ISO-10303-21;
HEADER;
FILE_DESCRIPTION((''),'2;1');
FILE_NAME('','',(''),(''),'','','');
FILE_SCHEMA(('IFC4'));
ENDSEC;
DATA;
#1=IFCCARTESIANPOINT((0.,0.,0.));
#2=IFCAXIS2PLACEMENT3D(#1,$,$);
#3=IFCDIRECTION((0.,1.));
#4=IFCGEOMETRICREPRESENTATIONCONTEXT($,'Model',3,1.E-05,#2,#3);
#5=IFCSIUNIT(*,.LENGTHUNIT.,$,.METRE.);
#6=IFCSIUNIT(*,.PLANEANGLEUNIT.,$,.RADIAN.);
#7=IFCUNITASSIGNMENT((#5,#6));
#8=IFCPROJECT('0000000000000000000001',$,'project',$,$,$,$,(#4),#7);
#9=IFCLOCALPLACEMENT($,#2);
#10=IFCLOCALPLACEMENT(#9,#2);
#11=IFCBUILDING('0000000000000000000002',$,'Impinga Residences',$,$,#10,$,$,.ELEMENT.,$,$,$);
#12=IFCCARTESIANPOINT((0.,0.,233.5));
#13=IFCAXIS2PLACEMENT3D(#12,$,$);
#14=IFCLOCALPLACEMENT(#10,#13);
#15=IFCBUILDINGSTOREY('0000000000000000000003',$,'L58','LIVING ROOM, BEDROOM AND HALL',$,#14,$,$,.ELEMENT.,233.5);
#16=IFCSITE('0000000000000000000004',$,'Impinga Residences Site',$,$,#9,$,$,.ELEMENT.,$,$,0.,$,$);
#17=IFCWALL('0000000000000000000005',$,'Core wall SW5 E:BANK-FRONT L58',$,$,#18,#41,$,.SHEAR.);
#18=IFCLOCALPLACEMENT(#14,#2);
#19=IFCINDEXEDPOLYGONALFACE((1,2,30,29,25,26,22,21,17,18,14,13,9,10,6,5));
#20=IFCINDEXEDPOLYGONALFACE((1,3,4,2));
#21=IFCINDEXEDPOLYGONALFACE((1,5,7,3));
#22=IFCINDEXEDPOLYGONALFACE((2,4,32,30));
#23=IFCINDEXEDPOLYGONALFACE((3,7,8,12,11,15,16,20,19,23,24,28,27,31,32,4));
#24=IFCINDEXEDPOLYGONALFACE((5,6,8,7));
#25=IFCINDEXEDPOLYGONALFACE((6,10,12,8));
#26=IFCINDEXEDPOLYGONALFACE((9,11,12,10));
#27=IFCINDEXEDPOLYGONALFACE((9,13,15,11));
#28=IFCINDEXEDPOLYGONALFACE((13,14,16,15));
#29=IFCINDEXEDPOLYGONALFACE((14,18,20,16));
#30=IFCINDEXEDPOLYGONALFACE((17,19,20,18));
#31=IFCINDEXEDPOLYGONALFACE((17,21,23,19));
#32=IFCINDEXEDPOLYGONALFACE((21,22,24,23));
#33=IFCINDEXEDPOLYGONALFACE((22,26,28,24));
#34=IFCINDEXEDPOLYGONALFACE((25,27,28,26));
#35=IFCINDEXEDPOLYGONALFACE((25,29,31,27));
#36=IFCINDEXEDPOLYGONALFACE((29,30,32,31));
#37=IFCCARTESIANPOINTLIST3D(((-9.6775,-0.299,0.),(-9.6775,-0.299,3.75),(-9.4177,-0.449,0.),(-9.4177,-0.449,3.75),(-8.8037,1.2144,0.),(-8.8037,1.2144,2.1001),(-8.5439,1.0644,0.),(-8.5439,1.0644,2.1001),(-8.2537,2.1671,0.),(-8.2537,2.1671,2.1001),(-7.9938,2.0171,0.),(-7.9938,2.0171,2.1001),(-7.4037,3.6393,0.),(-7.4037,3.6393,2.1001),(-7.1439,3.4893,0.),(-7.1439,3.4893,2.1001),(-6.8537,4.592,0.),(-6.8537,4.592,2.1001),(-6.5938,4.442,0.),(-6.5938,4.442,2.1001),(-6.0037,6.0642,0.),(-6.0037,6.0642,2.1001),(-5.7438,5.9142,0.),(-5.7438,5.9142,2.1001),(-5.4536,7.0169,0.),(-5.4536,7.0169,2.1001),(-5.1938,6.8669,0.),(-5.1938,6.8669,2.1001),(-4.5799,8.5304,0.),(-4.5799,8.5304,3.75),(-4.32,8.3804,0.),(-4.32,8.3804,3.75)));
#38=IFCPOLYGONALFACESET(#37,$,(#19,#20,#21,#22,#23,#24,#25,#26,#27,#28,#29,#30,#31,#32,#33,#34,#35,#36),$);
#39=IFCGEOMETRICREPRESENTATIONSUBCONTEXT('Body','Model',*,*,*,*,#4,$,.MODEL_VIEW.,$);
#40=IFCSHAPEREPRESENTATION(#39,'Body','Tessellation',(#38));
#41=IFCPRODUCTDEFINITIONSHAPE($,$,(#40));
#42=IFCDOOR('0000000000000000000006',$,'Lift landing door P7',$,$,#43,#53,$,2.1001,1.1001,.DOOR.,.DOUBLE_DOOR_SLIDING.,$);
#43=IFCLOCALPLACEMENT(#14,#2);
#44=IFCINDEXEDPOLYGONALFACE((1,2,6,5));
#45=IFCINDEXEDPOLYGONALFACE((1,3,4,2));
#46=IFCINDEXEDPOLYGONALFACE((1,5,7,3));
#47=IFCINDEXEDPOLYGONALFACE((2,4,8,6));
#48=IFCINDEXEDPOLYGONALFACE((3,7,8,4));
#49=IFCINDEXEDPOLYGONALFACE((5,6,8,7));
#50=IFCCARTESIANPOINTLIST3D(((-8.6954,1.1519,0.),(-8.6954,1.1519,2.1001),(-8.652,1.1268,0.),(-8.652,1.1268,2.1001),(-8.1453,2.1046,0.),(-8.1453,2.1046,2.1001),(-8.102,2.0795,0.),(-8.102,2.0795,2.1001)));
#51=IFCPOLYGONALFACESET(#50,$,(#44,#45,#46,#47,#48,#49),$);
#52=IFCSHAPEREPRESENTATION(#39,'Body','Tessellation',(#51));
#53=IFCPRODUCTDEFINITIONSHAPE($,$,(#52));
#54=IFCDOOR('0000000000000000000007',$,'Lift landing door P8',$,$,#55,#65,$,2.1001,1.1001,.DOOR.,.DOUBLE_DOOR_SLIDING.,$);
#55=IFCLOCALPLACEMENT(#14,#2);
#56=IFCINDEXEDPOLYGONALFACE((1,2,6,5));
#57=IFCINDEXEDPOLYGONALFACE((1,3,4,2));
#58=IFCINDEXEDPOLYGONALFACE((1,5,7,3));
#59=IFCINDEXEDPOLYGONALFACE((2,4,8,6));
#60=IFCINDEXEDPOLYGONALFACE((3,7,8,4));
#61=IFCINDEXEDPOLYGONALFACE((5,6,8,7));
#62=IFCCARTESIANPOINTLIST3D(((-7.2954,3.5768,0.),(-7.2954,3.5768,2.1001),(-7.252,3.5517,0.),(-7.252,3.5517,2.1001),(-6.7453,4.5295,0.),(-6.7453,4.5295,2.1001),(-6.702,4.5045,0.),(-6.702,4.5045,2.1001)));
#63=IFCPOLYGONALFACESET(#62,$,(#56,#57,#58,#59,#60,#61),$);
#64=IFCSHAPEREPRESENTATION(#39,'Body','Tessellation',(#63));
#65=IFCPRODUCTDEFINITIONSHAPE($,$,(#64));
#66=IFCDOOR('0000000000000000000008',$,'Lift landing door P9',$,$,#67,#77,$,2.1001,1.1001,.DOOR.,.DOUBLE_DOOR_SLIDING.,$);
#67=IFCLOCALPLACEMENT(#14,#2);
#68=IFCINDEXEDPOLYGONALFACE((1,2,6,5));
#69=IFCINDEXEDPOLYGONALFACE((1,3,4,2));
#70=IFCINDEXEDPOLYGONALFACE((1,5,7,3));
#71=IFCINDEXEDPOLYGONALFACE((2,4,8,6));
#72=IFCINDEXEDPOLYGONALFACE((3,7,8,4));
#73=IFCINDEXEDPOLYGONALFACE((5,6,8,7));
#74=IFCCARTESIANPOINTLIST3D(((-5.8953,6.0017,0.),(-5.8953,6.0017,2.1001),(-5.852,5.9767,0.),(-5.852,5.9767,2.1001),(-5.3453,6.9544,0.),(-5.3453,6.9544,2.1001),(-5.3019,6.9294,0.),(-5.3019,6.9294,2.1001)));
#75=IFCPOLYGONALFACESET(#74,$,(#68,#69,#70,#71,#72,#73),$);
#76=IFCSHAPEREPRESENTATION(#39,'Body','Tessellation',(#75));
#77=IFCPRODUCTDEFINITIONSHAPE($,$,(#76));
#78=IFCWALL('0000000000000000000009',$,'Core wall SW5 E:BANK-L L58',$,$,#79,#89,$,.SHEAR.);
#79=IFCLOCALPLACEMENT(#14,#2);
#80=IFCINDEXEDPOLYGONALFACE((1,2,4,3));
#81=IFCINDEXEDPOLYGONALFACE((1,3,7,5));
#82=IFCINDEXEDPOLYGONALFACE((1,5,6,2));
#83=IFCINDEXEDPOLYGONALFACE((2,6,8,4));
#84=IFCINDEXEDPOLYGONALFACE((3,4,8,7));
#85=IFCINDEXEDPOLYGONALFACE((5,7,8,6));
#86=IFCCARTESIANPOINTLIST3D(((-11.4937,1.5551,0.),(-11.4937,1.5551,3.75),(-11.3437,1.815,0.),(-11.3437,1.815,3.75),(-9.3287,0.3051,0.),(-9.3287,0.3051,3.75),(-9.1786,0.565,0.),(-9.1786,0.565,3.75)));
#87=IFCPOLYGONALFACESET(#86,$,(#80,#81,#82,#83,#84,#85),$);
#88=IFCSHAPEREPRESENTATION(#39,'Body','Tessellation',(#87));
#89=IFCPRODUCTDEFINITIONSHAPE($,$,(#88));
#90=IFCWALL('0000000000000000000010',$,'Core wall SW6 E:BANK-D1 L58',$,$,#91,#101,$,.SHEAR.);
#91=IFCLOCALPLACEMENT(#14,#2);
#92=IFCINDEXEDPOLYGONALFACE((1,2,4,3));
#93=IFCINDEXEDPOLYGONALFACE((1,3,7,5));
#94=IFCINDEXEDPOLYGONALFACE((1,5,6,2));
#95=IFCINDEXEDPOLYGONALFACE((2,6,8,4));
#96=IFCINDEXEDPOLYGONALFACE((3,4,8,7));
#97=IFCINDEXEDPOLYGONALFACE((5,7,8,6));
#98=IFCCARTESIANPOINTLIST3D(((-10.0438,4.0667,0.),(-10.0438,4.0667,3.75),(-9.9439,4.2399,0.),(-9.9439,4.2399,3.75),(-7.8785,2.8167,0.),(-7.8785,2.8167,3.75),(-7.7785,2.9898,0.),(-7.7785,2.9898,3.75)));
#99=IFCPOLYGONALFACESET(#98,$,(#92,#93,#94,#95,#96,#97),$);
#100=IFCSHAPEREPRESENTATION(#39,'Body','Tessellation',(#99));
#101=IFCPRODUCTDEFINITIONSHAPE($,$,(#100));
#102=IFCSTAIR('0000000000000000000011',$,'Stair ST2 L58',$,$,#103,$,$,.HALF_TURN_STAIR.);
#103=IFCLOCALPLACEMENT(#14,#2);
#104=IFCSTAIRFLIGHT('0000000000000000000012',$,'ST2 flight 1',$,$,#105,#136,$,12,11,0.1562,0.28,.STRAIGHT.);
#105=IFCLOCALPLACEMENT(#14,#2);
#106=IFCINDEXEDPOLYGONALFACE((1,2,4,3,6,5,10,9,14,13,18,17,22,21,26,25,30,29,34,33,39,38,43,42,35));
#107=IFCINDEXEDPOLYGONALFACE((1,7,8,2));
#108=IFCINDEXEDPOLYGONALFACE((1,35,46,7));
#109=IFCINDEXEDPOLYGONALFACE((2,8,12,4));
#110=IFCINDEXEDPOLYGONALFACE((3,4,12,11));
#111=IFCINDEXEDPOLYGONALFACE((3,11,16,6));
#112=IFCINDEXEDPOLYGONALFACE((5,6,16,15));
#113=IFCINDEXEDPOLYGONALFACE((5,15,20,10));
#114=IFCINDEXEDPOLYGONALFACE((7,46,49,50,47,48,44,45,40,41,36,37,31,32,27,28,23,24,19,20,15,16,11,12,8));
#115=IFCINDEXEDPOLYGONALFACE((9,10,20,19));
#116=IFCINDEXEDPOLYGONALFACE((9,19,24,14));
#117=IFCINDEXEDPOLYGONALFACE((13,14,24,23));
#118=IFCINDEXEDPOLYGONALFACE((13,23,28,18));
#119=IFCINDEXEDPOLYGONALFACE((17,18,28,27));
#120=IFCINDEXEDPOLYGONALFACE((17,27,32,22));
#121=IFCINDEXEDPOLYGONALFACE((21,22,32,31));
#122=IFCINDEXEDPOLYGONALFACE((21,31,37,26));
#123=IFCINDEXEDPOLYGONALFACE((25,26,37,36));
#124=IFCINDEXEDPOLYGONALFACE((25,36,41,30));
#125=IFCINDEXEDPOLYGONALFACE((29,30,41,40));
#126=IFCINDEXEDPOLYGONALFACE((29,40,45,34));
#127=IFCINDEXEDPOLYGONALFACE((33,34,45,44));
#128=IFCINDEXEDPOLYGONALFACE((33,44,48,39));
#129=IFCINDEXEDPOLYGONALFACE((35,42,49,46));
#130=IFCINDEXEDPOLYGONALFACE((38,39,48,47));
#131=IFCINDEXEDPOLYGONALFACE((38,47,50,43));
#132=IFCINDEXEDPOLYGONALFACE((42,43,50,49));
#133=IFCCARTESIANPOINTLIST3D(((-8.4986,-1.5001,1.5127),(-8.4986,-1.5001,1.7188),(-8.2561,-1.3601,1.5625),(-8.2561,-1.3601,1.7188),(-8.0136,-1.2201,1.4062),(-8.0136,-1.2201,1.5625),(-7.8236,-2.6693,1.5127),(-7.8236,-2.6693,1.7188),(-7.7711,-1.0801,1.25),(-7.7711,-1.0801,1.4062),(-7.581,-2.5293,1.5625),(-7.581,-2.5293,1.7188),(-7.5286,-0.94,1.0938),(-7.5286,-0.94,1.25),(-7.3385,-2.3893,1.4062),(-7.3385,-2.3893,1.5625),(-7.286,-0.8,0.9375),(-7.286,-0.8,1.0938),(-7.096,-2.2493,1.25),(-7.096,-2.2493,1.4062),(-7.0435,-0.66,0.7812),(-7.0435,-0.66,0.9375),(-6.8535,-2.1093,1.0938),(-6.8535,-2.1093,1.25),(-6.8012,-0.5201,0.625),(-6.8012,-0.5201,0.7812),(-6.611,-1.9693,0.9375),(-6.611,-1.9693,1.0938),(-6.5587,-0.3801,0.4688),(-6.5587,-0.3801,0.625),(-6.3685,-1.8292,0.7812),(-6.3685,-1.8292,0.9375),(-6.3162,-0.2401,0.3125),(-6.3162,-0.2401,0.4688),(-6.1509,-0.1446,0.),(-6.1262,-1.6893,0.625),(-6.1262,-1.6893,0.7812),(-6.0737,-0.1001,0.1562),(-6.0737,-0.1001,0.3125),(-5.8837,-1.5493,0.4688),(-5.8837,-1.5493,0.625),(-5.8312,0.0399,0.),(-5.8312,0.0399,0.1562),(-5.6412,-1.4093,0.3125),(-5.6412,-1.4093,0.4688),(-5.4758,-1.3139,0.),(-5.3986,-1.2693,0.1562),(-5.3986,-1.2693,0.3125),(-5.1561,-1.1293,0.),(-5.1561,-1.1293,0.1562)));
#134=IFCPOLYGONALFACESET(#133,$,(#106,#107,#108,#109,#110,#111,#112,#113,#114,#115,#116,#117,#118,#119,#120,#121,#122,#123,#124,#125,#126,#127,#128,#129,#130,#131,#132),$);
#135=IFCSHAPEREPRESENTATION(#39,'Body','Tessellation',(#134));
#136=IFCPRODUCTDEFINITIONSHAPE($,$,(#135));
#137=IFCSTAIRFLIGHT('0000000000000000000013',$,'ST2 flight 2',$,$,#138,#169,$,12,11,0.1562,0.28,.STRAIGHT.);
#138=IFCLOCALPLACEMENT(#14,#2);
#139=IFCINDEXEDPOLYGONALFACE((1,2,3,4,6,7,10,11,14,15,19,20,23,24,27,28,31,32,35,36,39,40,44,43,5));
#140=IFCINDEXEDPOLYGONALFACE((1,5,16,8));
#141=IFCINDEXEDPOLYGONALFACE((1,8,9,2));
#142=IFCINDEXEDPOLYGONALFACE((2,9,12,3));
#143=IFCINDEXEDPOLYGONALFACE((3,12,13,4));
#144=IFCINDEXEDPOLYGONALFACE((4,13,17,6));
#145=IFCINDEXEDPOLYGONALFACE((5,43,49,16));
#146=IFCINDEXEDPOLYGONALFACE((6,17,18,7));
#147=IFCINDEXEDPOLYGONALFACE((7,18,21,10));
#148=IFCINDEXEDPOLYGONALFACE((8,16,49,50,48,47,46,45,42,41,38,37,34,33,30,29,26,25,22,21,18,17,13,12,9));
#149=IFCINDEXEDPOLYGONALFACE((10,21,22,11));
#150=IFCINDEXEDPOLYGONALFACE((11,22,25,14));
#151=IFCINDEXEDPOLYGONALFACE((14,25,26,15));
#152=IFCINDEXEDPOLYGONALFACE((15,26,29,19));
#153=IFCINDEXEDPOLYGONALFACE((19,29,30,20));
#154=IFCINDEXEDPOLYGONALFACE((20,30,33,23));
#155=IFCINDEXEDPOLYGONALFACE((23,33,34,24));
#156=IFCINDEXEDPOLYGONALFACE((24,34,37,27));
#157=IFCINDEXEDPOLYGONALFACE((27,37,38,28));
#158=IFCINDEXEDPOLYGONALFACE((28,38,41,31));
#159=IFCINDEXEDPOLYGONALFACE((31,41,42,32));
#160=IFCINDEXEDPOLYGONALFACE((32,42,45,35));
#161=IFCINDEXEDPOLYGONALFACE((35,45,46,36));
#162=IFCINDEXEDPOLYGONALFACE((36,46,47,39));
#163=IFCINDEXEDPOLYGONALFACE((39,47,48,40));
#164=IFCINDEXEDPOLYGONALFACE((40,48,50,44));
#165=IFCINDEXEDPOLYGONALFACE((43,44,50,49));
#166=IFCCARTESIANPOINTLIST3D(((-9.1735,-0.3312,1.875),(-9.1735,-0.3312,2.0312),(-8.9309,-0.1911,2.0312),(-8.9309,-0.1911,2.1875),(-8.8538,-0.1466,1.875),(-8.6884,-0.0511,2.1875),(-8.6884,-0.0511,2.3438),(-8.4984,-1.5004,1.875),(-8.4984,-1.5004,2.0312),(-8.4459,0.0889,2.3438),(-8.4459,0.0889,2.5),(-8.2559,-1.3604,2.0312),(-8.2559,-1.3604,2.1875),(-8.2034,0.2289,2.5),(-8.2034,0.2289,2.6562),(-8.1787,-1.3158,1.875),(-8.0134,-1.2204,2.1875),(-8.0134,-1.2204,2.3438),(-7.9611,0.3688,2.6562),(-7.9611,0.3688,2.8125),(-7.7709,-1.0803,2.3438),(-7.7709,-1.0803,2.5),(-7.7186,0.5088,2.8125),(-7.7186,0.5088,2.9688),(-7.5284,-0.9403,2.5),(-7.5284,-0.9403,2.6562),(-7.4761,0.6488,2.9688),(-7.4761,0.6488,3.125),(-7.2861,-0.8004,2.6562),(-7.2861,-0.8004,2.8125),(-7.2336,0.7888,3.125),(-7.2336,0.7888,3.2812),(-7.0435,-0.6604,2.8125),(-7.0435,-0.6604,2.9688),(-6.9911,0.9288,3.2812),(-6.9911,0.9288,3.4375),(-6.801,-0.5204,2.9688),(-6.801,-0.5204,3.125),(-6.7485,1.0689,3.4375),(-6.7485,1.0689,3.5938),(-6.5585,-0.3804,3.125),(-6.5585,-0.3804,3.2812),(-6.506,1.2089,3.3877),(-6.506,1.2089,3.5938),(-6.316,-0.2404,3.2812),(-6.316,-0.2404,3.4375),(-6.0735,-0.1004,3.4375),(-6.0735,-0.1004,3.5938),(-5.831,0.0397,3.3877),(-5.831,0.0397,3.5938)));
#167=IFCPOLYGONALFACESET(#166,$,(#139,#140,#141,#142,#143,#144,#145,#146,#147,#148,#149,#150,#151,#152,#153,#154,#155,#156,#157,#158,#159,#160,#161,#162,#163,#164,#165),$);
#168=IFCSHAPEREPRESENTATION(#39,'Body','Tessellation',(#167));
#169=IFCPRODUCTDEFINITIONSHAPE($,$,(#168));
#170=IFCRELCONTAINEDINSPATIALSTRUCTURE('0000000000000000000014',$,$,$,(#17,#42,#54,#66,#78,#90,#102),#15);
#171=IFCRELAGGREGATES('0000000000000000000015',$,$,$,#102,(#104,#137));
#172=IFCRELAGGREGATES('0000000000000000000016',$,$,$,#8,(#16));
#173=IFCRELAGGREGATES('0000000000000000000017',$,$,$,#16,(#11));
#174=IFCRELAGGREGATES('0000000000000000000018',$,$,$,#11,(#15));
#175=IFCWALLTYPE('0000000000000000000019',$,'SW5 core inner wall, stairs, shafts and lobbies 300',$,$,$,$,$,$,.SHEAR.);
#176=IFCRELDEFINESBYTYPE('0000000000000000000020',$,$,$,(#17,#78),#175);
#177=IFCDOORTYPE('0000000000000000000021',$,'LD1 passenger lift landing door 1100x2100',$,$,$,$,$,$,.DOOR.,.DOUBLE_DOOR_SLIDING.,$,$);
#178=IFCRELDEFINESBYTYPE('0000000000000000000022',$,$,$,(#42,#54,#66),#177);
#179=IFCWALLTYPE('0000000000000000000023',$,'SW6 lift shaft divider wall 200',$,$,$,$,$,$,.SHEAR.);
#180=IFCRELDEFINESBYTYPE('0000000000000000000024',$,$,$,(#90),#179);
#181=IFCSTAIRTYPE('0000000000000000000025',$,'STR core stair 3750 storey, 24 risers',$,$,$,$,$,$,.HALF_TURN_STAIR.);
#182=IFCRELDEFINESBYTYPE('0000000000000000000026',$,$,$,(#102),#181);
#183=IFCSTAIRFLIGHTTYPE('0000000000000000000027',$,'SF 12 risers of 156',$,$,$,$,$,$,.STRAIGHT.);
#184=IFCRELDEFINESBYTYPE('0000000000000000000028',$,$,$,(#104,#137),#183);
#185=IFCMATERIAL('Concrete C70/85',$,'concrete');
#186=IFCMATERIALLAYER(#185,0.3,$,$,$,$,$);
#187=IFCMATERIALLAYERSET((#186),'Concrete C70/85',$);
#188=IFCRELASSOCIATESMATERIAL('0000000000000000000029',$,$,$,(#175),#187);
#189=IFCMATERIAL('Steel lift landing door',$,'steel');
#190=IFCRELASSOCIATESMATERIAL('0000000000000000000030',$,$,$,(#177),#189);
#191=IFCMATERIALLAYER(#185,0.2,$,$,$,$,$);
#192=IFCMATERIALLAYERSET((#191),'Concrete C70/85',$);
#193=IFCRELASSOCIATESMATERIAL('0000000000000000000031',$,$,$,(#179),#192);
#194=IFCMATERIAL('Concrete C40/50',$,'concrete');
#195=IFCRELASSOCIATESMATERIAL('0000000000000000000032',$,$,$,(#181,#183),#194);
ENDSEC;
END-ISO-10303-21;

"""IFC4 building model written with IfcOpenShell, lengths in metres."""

from ifc_helpers import new_model, si_unit, direction, frame, frame_2d, origin, place, context, subcontext, project, spatial, polyline, rectangle, outline, extrude, material, layer, layer_set, type_object, element, fill, aggregate, save


model = new_model("IFC4")

# Units and contexts
model_context = context("Model", 3, precision=1e-05, world=origin(), true_north=direction((0.0, 1.0)))
body_context = subcontext(model_context, "Body", "Model", "MODEL_VIEW")
ifc_project = project(units=[si_unit("LENGTHUNIT", "METRE"), si_unit("PLANEANGLEUNIT", "RADIAN")], contexts=[model_context])

# Site, building, storey
site_placement = place(None, origin())
site = spatial("IfcSite", under=ifc_project, at=site_placement, Name="Impinga Residences Site", CompositionType="ELEMENT", RefElevation=0.0)
building_placement = place(site_placement, origin())
building = spatial("IfcBuilding", under=site, at=building_placement, Name="Impinga Residences", CompositionType="ELEMENT")
storey_placement = place(building_placement, frame((0.0, 0.0, 233.5)))
storey = spatial("IfcBuildingStorey", under=building, at=storey_placement, Name="L58", Description="LIVING ROOM, BEDROOM AND HALL", CompositionType="ELEMENT", Elevation=233.5)

# Shared definitions
ifc_material_1 = material(Name="Concrete C70/85", Category="concrete")
ifc_layer_1 = layer(ifc_material_1, 0.3)
ifc_layer_set_1 = layer_set([ifc_layer_1], Name="Concrete C70/85")
wall_type_1 = type_object("IfcWallType", Name="SW5 core inner wall, stairs, shafts and lobbies 300", PredefinedType="SHEAR", material=ifc_layer_set_1)

# Shared definitions
ifc_material_2 = material(Name="Steel lift landing door", Category="steel")

# Wall, openings, doors
wall_1_placement = place(storey_placement, frame((-9.5476, -0.374, 0.0), z_axis=(0.0, 0.0, 1.0), x_axis=(0.500002, 0.866024, 0.0)))
wall_1 = element("IfcWall", 1, at=wall_1_placement, inside=storey, type_object=wall_type_1, Name="Core wall SW5 E:BANK-FRONT L58", PredefinedType="SHEAR", context=body_context, shape_type="SweptSolid", body=[
    extrude(rectangle(XDim=10.1953, YDim=0.3, at=frame_2d((5.0977, 0.0))), origin(), (0.0, 0.0, 1.0), 3.75),
])
opening_1_placement = place(wall_1_placement, frame((1.7476, 0.0, 0.0)))
opening_1 = element("IfcOpeningElement", 2, at=opening_1_placement, cuts=wall_1, PredefinedType="OPENING", context=body_context, shape_type="SweptSolid", body=[
    extrude(rectangle(XDim=1.1001, YDim=2.1001, at=frame_2d((0.55, 1.05))), frame((0.0, 0.1599, 0.0), z_axis=(0.0, -1.0, 0.0), x_axis=(1.0, 0.0, 0.0)), (0.0, 0.0, 1.0), 0.3201),
])
opening_2_placement = place(wall_1_placement, frame((4.5476, 0.0, 0.0)))
opening_2 = element("IfcOpeningElement", 3, at=opening_2_placement, cuts=wall_1, PredefinedType="OPENING", context=body_context, shape_type="SweptSolid", body=[
    extrude(rectangle(XDim=1.1001, YDim=2.1001, at=frame_2d((0.55, 1.05))), frame((0.0, 0.1599, 0.0), z_axis=(0.0, -1.0, 0.0), x_axis=(1.0, 0.0, 0.0)), (0.0, 0.0, 1.0), 0.3201),
])
opening_3_placement = place(wall_1_placement, frame((7.3477, 0.0, 0.0)))
opening_3 = element("IfcOpeningElement", 4, at=opening_3_placement, cuts=wall_1, PredefinedType="OPENING", context=body_context, shape_type="SweptSolid", body=[
    extrude(rectangle(XDim=1.1001, YDim=2.1001, at=frame_2d((0.55, 1.05))), frame((0.0, 0.1599, 0.0), z_axis=(0.0, -1.0, 0.0), x_axis=(1.0, 0.0, 0.0)), (0.0, 0.0, 1.0), 0.3201),
])
door_type_1 = type_object("IfcDoorType", Name="LD1 passenger lift landing door 1100x2100", OperationType="DOUBLE_DOOR_SLIDING", PredefinedType="DOOR", material=ifc_material_2)
door_1_placement = place(opening_1_placement, origin())
door_1 = element("IfcDoor", 5, at=door_1_placement, inside=storey, type_object=door_type_1, Name="Lift landing door P7", OperationType="DOUBLE_DOOR_SLIDING", OverallHeight=2.1001, OverallWidth=1.1001, PredefinedType="DOOR", context=body_context, shape_type="SweptSolid", body=[
    extrude(rectangle(XDim=1.1001, YDim=2.1001, at=frame_2d((0.55, 1.05))), frame((0.0, 0.0249, 0.0), z_axis=(0.0, -1.0, 0.0), x_axis=(1.0, 0.0, 0.0)), (0.0, 0.0, 1.0), 0.05),
])
fill(opening_1, door_1)
door_2_placement = place(opening_2_placement, origin())
door_2 = element("IfcDoor", 6, at=door_2_placement, inside=storey, type_object=door_type_1, Name="Lift landing door P8", OperationType="DOUBLE_DOOR_SLIDING", OverallHeight=2.1001, OverallWidth=1.1001, PredefinedType="DOOR", context=body_context, shape_type="SweptSolid", body=[
    extrude(rectangle(XDim=1.1001, YDim=2.1001, at=frame_2d((0.55, 1.05))), frame((0.0, 0.0249, 0.0), z_axis=(0.0, -1.0, 0.0), x_axis=(1.0, 0.0, 0.0)), (0.0, 0.0, 1.0), 0.05),
])
fill(opening_2, door_2)
door_3_placement = place(opening_3_placement, origin())
door_3 = element("IfcDoor", 7, at=door_3_placement, inside=storey, type_object=door_type_1, Name="Lift landing door P9", OperationType="DOUBLE_DOOR_SLIDING", OverallHeight=2.1001, OverallWidth=1.1001, PredefinedType="DOOR", context=body_context, shape_type="SweptSolid", body=[
    extrude(rectangle(XDim=1.1001, YDim=2.1001, at=frame_2d((0.55, 1.05))), frame((0.0, 0.0249, 0.0), z_axis=(0.0, -1.0, 0.0), x_axis=(1.0, 0.0, 0.0)), (0.0, 0.0, 1.0), 0.05),
])
fill(opening_3, door_3)

# Walls
wall_2_placement = place(storey_placement, frame((-9.2537, 0.4351, 0.0), z_axis=(0.0, 0.0, 1.0), x_axis=(-0.866023, 0.500004, 0.0)))
element("IfcWall", 8, at=wall_2_placement, inside=storey, type_object=wall_type_1, Name="Core wall SW5 E:BANK-L L58", PredefinedType="SHEAR", context=body_context, shape_type="SweptSolid", body=[
    extrude(rectangle(XDim=2.5, YDim=0.3, at=frame_2d((1.25, 0.0))), origin(), (0.0, 0.0, 1.0), 3.75),
])
ifc_layer_2 = layer(ifc_material_1, 0.2)
ifc_layer_set_2 = layer_set([ifc_layer_2], Name="Concrete C70/85")
wall_type_2 = type_object("IfcWallType", Name="SW6 lift shaft divider wall 200", PredefinedType="SHEAR", material=ifc_layer_set_2)
wall_3_placement = place(storey_placement, frame((-7.8286, 2.9033, 0.0), z_axis=(0.0, 0.0, 1.0), x_axis=(-0.866047, 0.499962, 0.0)))
element("IfcWall", 9, at=wall_3_placement, inside=storey, type_object=wall_type_2, Name="Core wall SW6 E:BANK-D1 L58", PredefinedType="SHEAR", context=body_context, shape_type="SweptSolid", body=[
    extrude(rectangle(XDim=2.5002, YDim=0.2, at=frame_2d((1.25, 0.0))), origin(), (0.0, 0.0, 1.0), 3.75),
])

# Stair, stair flights
ifc_material_3 = material(Name="Concrete C40/50", Category="concrete")
stair_type = type_object("IfcStairType", Name="STR core stair 3750 storey, 24 risers", PredefinedType="HALF_TURN_STAIR", material=ifc_material_3)
stair_placement = place(storey_placement, origin())
stair = element("IfcStair", 10, at=stair_placement, inside=storey, type_object=stair_type, Name="Stair ST2 L58", PredefinedType="HALF_TURN_STAIR")
stair_flight_type = type_object("IfcStairFlightType", Name="SF 12 risers of 156", PredefinedType="STRAIGHT", material=ifc_material_3)
stair_flight_1_placement = place(storey_placement, frame((-5.4937, -0.5447, 0.0), z_axis=(0.0, 0.0, 1.0), x_axis=(-0.866025, -0.5, 0.0)))
stair_flight_1 = element("IfcStairFlight", 11, at=stair_flight_1_placement, type_object=stair_flight_type, Name="ST2 flight 1", NumberOfRisers=12, NumberOfTreads=11, PredefinedType="STRAIGHT", RiserHeight=0.1562, TreadLength=0.28, context=body_context, shape_type="SweptSolid", body=[
    extrude(outline(polyline([(0.0, 0.0), (0.0, 0.1562), (0.28, 0.1562), (0.28, 0.3125), (0.5601, 0.3125), (0.5601, 0.4688), (0.8401, 0.4688), (0.8401, 0.625), (1.1201, 0.625), (1.1201, 0.7812), (1.3999, 0.7812), (1.3999, 0.9375), (1.6799, 0.9375), (1.6799, 1.0938), (1.96, 1.0938), (1.96, 1.25), (2.24, 1.25), (2.24, 1.4062), (2.52, 1.4062), (2.52, 1.5625), (2.8, 1.5625), (2.8, 1.7188), (3.0801, 1.7188), (3.0801, 1.875), (3.0801, 1.5127), (0.3691, 0.0), (0.0, 0.0)])), frame((0.0, 0.675, 0.0), z_axis=(0.0, -1.0, 0.0), x_axis=(1.0, 0.0, 0.0)), (0.0, 0.0, 1.0), 1.3501),
])
stair_flight_2_placement = place(storey_placement, frame((-8.8359, -0.9158, 1.875), z_axis=(0.0, 0.0, 1.0), x_axis=(0.866025, 0.5, 0.0)))
stair_flight_2 = element("IfcStairFlight", 12, at=stair_flight_2_placement, type_object=stair_flight_type, Name="ST2 flight 2", NumberOfRisers=12, NumberOfTreads=11, PredefinedType="STRAIGHT", RiserHeight=0.1562, TreadLength=0.28, context=body_context, shape_type="SweptSolid", body=[
    extrude(outline(polyline([(0.0, 0.0), (0.0, 0.1562), (0.28, 0.1562), (0.28, 0.3125), (0.5601, 0.3125), (0.5601, 0.4688), (0.8401, 0.4688), (0.8401, 0.625), (1.1201, 0.625), (1.1201, 0.7812), (1.3999, 0.7812), (1.3999, 0.9375), (1.6799, 0.9375), (1.6799, 1.0938), (1.96, 1.0938), (1.96, 1.25), (2.24, 1.25), (2.24, 1.4062), (2.52, 1.4062), (2.52, 1.5625), (2.8, 1.5625), (2.8, 1.7188), (3.0801, 1.7188), (3.0801, 1.875), (3.0801, 1.5127), (0.3691, 0.0), (0.0, 0.0)])), frame((0.0, 0.675, 0.0), z_axis=(0.0, -1.0, 0.0), x_axis=(1.0, 0.0, 0.0)), (0.0, 0.0, 1.0), 1.3501),
])
aggregate(stair, [stair_flight_1, stair_flight_2])

save(model, "model.ifc")
